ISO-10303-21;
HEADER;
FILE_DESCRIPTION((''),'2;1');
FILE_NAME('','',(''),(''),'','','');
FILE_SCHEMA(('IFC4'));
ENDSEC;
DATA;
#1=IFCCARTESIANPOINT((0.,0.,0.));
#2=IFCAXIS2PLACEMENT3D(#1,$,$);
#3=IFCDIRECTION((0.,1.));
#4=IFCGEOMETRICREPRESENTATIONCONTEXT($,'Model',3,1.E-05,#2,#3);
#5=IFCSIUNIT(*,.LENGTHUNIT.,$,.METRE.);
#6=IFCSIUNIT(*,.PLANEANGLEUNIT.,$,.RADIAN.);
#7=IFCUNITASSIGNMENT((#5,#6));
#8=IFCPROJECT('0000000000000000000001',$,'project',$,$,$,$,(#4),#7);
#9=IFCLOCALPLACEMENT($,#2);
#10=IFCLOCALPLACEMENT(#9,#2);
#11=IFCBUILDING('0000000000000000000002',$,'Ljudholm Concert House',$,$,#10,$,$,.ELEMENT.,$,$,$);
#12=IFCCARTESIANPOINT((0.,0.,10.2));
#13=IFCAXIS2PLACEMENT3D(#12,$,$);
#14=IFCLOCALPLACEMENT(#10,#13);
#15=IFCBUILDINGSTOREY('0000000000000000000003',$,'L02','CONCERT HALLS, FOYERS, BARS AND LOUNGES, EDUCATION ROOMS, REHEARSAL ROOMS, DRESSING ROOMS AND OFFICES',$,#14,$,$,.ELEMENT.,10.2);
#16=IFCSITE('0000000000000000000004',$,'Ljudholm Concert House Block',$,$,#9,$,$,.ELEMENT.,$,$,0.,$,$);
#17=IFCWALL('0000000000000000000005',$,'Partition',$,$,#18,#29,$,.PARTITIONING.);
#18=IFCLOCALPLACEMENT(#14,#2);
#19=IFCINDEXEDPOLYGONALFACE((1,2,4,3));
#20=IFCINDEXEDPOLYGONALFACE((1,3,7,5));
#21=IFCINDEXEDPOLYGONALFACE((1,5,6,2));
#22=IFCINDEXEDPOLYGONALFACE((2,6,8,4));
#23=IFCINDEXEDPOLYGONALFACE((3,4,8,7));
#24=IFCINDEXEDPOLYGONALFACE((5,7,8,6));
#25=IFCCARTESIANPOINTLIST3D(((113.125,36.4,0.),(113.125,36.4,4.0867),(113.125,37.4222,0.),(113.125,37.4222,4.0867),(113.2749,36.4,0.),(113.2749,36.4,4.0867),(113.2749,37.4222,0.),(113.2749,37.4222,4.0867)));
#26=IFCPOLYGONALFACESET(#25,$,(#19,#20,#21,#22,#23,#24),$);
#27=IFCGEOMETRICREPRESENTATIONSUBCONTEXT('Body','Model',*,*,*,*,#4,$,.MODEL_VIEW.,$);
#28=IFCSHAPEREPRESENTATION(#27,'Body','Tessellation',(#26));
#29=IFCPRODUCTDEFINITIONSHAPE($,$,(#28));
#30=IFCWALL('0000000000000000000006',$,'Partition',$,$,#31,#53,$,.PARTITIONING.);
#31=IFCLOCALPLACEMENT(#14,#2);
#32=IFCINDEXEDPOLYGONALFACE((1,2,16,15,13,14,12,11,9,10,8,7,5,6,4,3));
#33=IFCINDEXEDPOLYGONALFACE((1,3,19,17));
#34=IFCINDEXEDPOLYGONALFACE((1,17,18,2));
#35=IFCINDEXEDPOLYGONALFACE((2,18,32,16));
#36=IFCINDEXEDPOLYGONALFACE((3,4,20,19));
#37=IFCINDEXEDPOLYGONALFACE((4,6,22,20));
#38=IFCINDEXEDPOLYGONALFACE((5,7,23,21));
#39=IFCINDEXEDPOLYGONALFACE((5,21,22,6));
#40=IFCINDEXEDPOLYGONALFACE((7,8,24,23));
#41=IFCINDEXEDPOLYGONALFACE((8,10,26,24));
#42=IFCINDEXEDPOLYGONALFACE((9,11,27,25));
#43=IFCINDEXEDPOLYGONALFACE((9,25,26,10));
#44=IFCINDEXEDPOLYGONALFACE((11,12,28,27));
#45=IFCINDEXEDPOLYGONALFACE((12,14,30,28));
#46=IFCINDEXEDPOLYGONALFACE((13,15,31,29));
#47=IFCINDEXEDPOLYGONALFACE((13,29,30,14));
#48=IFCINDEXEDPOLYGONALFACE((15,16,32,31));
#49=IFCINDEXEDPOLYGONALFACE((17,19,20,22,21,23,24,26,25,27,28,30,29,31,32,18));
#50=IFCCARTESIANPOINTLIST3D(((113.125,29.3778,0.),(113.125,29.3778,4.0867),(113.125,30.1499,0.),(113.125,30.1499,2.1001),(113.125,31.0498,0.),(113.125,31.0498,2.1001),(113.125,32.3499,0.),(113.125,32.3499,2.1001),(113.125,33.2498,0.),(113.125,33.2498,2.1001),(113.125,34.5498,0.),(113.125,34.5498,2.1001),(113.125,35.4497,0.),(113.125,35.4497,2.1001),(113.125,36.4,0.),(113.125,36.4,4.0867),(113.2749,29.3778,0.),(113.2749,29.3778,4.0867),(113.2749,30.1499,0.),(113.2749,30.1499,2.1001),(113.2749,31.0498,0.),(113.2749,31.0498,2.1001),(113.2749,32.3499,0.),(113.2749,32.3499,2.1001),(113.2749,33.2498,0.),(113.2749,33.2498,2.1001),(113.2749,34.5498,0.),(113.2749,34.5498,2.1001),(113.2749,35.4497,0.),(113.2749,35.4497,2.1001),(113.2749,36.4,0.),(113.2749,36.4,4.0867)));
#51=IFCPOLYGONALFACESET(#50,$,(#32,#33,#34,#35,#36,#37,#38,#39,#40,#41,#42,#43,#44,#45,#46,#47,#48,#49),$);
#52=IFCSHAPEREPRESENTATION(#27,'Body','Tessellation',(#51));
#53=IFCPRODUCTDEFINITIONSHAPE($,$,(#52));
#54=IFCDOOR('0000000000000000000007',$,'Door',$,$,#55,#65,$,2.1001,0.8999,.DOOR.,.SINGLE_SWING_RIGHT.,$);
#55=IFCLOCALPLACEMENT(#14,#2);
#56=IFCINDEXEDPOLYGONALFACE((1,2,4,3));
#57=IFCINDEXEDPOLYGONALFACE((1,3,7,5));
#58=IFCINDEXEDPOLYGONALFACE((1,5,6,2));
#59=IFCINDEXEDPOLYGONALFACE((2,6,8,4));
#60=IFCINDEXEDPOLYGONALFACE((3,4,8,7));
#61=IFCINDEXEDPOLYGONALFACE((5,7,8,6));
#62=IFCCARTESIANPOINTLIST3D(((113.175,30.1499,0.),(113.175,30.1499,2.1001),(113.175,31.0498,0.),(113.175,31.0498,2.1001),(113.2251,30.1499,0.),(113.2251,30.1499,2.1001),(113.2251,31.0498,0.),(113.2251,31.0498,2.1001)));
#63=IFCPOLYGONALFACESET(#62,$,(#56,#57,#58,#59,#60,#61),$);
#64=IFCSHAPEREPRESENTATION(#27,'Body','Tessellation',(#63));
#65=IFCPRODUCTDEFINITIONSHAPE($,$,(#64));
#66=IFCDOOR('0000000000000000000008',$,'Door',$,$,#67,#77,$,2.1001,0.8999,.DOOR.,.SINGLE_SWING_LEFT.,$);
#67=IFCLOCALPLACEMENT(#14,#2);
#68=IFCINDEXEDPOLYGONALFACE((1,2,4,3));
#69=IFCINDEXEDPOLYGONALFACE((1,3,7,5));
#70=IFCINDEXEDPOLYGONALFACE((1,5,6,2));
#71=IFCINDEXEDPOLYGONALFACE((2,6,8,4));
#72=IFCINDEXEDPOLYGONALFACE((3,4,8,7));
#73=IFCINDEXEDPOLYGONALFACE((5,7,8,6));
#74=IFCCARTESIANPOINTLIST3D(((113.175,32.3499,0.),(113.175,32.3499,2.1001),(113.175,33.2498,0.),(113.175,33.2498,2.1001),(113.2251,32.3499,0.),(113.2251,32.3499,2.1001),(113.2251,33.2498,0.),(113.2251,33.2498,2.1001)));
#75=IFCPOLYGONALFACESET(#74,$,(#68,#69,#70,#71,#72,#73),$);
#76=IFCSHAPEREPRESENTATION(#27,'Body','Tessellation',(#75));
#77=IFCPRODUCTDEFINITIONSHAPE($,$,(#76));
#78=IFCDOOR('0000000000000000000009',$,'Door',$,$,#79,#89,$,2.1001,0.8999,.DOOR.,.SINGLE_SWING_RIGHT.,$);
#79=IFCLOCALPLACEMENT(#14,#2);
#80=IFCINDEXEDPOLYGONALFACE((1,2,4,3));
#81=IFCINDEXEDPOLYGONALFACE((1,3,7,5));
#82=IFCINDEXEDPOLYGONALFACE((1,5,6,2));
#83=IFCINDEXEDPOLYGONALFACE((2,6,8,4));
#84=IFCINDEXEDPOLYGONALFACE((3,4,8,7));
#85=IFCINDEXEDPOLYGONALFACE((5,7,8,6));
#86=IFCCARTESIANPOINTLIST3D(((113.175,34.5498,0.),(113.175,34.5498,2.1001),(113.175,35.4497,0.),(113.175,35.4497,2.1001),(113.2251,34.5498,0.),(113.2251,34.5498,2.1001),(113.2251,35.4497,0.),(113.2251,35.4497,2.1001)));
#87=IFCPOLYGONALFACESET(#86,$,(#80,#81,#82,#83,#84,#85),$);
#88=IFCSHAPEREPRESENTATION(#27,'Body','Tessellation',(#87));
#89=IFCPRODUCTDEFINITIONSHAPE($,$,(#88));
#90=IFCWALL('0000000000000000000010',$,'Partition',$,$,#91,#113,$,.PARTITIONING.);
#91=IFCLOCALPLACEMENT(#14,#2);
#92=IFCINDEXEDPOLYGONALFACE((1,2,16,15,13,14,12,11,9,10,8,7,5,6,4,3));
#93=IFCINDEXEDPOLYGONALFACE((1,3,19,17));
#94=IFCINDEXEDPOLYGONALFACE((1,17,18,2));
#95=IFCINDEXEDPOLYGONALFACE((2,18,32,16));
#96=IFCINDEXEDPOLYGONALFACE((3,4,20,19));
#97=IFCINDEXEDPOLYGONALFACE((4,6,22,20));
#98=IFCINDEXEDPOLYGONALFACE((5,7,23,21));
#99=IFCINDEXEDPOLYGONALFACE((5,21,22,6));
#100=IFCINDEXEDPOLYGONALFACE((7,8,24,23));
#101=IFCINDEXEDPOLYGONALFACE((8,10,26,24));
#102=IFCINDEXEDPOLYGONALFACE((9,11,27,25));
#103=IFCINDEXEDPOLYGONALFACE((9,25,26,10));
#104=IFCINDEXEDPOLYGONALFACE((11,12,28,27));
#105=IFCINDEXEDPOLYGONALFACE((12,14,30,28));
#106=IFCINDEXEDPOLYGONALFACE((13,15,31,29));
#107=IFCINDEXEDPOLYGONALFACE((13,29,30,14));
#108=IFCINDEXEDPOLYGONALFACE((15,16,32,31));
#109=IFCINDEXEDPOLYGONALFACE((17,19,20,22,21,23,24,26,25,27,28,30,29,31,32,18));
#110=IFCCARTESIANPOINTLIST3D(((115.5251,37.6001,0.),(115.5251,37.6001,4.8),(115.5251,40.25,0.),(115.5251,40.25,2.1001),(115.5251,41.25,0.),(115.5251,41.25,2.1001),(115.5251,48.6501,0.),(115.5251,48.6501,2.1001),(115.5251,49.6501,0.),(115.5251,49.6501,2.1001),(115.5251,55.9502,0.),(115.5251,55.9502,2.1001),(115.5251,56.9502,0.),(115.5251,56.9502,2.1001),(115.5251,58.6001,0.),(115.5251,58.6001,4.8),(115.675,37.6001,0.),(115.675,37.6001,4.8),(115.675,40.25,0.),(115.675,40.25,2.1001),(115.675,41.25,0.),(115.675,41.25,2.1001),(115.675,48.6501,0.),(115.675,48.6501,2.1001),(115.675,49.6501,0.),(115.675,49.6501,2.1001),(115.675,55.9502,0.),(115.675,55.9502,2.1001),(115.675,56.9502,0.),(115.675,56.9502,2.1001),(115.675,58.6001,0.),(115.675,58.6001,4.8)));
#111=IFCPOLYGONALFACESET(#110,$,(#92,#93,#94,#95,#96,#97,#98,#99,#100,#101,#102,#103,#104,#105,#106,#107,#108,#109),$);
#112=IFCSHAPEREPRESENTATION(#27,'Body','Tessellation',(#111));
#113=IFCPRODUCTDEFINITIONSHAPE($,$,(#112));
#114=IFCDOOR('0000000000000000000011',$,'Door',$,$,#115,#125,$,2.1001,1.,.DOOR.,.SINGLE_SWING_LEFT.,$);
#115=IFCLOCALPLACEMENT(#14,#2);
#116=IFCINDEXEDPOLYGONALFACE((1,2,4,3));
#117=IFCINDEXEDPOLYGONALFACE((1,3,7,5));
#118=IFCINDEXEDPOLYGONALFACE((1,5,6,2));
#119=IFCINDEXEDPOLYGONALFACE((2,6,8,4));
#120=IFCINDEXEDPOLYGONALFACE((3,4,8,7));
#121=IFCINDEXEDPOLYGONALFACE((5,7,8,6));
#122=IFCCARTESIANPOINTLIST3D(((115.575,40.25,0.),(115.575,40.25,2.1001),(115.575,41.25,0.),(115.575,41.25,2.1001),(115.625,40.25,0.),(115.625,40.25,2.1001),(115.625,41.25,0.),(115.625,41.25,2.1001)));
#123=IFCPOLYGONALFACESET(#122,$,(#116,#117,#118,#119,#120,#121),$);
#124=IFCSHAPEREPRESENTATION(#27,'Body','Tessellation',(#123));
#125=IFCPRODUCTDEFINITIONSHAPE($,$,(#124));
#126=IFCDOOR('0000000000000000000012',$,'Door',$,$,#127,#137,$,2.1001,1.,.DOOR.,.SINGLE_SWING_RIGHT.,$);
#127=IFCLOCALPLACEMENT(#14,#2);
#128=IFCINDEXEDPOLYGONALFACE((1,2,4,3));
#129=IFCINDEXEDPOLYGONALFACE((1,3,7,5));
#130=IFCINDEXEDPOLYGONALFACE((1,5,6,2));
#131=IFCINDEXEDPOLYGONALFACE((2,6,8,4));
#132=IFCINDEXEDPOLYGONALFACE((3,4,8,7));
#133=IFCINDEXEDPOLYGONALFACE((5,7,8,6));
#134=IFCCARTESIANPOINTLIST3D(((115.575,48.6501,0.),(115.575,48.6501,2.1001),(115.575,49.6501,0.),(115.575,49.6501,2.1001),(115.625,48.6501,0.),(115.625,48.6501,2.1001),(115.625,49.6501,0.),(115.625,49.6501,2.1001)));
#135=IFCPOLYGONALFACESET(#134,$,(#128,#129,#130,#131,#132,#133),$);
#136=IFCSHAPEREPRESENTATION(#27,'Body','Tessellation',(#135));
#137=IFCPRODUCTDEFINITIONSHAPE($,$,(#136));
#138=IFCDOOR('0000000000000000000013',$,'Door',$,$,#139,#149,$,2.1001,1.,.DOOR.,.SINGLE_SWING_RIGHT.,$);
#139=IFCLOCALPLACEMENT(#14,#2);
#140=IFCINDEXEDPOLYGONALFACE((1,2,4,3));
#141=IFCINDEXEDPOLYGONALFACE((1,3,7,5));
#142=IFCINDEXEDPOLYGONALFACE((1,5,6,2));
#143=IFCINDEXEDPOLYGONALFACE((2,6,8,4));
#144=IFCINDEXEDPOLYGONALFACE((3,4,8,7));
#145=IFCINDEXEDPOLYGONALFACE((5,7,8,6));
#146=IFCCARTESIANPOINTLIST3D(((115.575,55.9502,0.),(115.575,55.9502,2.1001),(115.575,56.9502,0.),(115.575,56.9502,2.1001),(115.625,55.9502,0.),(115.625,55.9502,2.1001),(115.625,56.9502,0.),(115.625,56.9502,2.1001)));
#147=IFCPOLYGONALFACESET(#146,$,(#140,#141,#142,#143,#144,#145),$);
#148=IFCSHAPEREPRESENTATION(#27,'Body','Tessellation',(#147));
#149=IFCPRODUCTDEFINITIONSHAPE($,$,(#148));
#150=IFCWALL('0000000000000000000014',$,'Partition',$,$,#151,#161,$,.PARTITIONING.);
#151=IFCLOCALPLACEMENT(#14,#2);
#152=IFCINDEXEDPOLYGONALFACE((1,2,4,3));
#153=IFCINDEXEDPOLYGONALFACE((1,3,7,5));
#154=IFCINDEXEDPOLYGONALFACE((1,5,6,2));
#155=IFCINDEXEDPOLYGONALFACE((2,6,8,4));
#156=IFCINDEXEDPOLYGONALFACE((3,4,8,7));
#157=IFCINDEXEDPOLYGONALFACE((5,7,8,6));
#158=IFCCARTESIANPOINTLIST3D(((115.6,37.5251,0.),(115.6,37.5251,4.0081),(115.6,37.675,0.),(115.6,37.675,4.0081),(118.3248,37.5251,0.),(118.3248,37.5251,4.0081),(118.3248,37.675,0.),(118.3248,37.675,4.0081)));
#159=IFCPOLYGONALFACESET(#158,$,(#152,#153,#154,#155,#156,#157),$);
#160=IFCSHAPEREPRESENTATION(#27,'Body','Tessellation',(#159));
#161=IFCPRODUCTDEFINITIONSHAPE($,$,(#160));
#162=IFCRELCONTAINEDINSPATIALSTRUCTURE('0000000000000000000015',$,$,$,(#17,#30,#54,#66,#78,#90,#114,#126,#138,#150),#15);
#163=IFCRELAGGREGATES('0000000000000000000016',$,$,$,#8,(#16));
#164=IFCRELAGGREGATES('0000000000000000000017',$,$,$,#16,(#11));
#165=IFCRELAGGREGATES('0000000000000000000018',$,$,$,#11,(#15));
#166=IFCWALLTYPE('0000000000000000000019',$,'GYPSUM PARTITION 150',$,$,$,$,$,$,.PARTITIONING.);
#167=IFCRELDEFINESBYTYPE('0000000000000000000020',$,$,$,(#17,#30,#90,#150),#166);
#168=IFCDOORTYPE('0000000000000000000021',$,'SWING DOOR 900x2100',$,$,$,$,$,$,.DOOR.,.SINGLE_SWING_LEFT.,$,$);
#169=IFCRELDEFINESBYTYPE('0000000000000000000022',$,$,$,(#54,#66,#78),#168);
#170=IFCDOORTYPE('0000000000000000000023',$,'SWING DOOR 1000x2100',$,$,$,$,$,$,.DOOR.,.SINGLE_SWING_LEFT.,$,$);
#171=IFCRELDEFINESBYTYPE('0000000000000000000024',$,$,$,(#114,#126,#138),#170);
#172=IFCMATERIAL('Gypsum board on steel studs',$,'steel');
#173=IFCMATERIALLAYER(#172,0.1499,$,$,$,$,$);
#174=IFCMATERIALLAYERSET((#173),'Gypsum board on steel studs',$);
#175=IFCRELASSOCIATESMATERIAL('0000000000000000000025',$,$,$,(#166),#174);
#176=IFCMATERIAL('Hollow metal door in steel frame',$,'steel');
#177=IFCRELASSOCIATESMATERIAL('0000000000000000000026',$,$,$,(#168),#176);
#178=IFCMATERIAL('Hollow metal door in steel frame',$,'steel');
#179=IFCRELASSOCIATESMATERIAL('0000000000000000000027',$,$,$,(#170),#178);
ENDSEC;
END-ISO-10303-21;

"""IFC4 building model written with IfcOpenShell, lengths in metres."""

from ifc_helpers import new_model, si_unit, direction, frame, frame_2d, origin, place, context, subcontext, project, spatial, rectangle, extrude, material, layer, layer_set, type_object, element, fill, save


model = new_model("IFC4")

# Units and contexts
model_context = context("Model", 3, precision=1e-05, world=origin(), true_north=direction((0.0, 1.0)))
body_context = subcontext(model_context, "Body", "Model", "MODEL_VIEW")
ifc_project = project(units=[si_unit("LENGTHUNIT", "METRE"), si_unit("PLANEANGLEUNIT", "RADIAN")], contexts=[model_context])

# Site, building, storey
site_placement = place(None, origin())
site = spatial("IfcSite", under=ifc_project, at=site_placement, Name="Ljudholm Concert House Block", CompositionType="ELEMENT", RefElevation=0.0)
building_placement = place(site_placement, origin())
building = spatial("IfcBuilding", under=site, at=building_placement, Name="Ljudholm Concert House", CompositionType="ELEMENT")
storey_placement = place(building_placement, frame((0.0, 0.0, 10.2)))
storey = spatial("IfcBuildingStorey", under=building, at=storey_placement, Name="L02", Description="CONCERT HALLS, FOYERS, BARS AND LOUNGES, EDUCATION ROOMS, REHEARSAL ROOMS, DRESSING ROOMS AND OFFICES", CompositionType="ELEMENT", Elevation=10.2)

# Wall
ifc_material_1 = material(Name="Gypsum board on steel studs", Category="steel")
ifc_layer_1 = layer(ifc_material_1, 0.1499)
ifc_layer_set_1 = layer_set([ifc_layer_1], Name="Gypsum board on steel studs")
wall_type_1 = type_object("IfcWallType", Name="GYPSUM PARTITION 150", PredefinedType="PARTITIONING", material=ifc_layer_set_1)
wall_1_placement = place(storey_placement, frame((113.2, 36.3999, 0.0), z_axis=(0.0, 0.0, 1.0), x_axis=(0.0, 1.0, 0.0)))
element("IfcWall", 1, at=wall_1_placement, inside=storey, type_object=wall_type_1, Name="Partition", PredefinedType="PARTITIONING", context=body_context, shape_type="SweptSolid", body=[
    extrude(rectangle(XDim=1.0222, YDim=0.1499, at=frame_2d((0.5112, 0.0))), origin(), (0.0, 0.0, 1.0), 4.0867),
])

# Walls, openings, doors
wall_2_placement = place(storey_placement, frame((113.2, 29.3777, 0.0), z_axis=(0.0, 0.0, 1.0), x_axis=(0.0, 1.0, 0.0)))
wall_2 = element("IfcWall", 2, at=wall_2_placement, inside=storey, type_object=wall_type_1, Name="Partition", PredefinedType="PARTITIONING", context=body_context, shape_type="SweptSolid", body=[
    extrude(rectangle(XDim=7.0222, YDim=0.1499, at=frame_2d((3.5112, 0.0))), origin(), (0.0, 0.0, 1.0), 4.0867),
])
opening_1_placement = place(wall_2_placement, frame((0.7722, 0.0, 0.0)))
opening_1 = element("IfcOpeningElement", 3, at=opening_1_placement, cuts=wall_2, PredefinedType="OPENING", context=body_context, shape_type="SweptSolid", body=[
    extrude(rectangle(XDim=0.8999, YDim=2.1001, at=frame_2d((0.45, 1.05))), frame((0.0, 0.085, 0.0), z_axis=(0.0, -1.0, 0.0), x_axis=(1.0, 0.0, 0.0)), (0.0, 0.0, 1.0), 0.1699),
])
opening_2_placement = place(wall_2_placement, frame((2.9722, 0.0, 0.0)))
opening_2 = element("IfcOpeningElement", 4, at=opening_2_placement, cuts=wall_2, PredefinedType="OPENING", context=body_context, shape_type="SweptSolid", body=[
    extrude(rectangle(XDim=0.8999, YDim=2.1001, at=frame_2d((0.45, 1.05))), frame((0.0, 0.085, 0.0), z_axis=(0.0, -1.0, 0.0), x_axis=(1.0, 0.0, 0.0)), (0.0, 0.0, 1.0), 0.1699),
])
opening_3_placement = place(wall_2_placement, frame((5.1721, 0.0, 0.0)))
opening_3 = element("IfcOpeningElement", 5, at=opening_3_placement, cuts=wall_2, PredefinedType="OPENING", context=body_context, shape_type="SweptSolid", body=[
    extrude(rectangle(XDim=0.8999, YDim=2.1001, at=frame_2d((0.45, 1.05))), frame((0.0, 0.085, 0.0), z_axis=(0.0, -1.0, 0.0), x_axis=(1.0, 0.0, 0.0)), (0.0, 0.0, 1.0), 0.1699),
])
ifc_material_2 = material(Name="Hollow metal door in steel frame", Category="steel")
door_type_1 = type_object("IfcDoorType", Name="SWING DOOR 900x2100", OperationType="SINGLE_SWING_LEFT", PredefinedType="DOOR", material=ifc_material_2)
door_1_placement = place(opening_1_placement, origin())
door_1 = element("IfcDoor", 6, at=door_1_placement, inside=storey, type_object=door_type_1, Name="Door", OperationType="SINGLE_SWING_RIGHT", OverallHeight=2.1001, OverallWidth=0.8999, PredefinedType="DOOR", context=body_context, shape_type="SweptSolid", body=[
    extrude(rectangle(XDim=0.8999, YDim=2.1001, at=frame_2d((0.45, 1.05))), frame((0.0, 0.0249, 0.0), z_axis=(0.0, -1.0, 0.0), x_axis=(1.0, 0.0, 0.0)), (0.0, 0.0, 1.0), 0.05),
])
fill(opening_1, door_1)
door_2_placement = place(opening_2_placement, origin())
door_2 = element("IfcDoor", 7, at=door_2_placement, inside=storey, type_object=door_type_1, Name="Door", OperationType="SINGLE_SWING_LEFT", OverallHeight=2.1001, OverallWidth=0.8999, PredefinedType="DOOR", context=body_context, shape_type="SweptSolid", body=[
    extrude(rectangle(XDim=0.8999, YDim=2.1001, at=frame_2d((0.45, 1.05))), frame((0.0, 0.0249, 0.0), z_axis=(0.0, -1.0, 0.0), x_axis=(1.0, 0.0, 0.0)), (0.0, 0.0, 1.0), 0.05),
])
fill(opening_2, door_2)
door_3_placement = place(opening_3_placement, origin())
door_3 = element("IfcDoor", 8, at=door_3_placement, inside=storey, type_object=door_type_1, Name="Door", OperationType="SINGLE_SWING_RIGHT", OverallHeight=2.1001, OverallWidth=0.8999, PredefinedType="DOOR", context=body_context, shape_type="SweptSolid", body=[
    extrude(rectangle(XDim=0.8999, YDim=2.1001, at=frame_2d((0.45, 1.05))), frame((0.0, 0.0249, 0.0), z_axis=(0.0, -1.0, 0.0), x_axis=(1.0, 0.0, 0.0)), (0.0, 0.0, 1.0), 0.05),
])
fill(opening_3, door_3)
wall_3_placement = place(storey_placement, frame((115.6001, 37.6001, 0.0), z_axis=(0.0, 0.0, 1.0), x_axis=(0.0, 1.0, 0.0)))
wall_3 = element("IfcWall", 9, at=wall_3_placement, inside=storey, type_object=wall_type_1, Name="Partition", PredefinedType="PARTITIONING", context=body_context, shape_type="SweptSolid", body=[
    extrude(rectangle(XDim=21.0, YDim=0.1499, at=frame_2d((10.5, 0.0))), origin(), (0.0, 0.0, 1.0), 4.8),
])
opening_4_placement = place(wall_3_placement, frame((2.6499, 0.0, 0.0)))
opening_4 = element("IfcOpeningElement", 10, at=opening_4_placement, cuts=wall_3, PredefinedType="OPENING", context=body_context, shape_type="SweptSolid", body=[
    extrude(rectangle(XDim=1.0, YDim=2.1001, at=frame_2d((0.5, 1.05))), frame((0.0, 0.085, 0.0), z_axis=(0.0, -1.0, 0.0), x_axis=(1.0, 0.0, 0.0)), (0.0, 0.0, 1.0), 0.1699),
])
opening_5_placement = place(wall_3_placement, frame((11.05, 0.0, 0.0)))
opening_5 = element("IfcOpeningElement", 11, at=opening_5_placement, cuts=wall_3, PredefinedType="OPENING", context=body_context, shape_type="SweptSolid", body=[
    extrude(rectangle(XDim=1.0, YDim=2.1001, at=frame_2d((0.5, 1.05))), frame((0.0, 0.085, 0.0), z_axis=(0.0, -1.0, 0.0), x_axis=(1.0, 0.0, 0.0)), (0.0, 0.0, 1.0), 0.1699),
])
opening_6_placement = place(wall_3_placement, frame((18.3501, 0.0, 0.0)))
opening_6 = element("IfcOpeningElement", 12, at=opening_6_placement, cuts=wall_3, PredefinedType="OPENING", context=body_context, shape_type="SweptSolid", body=[
    extrude(rectangle(XDim=1.0, YDim=2.1001, at=frame_2d((0.5, 1.05))), frame((0.0, 0.085, 0.0), z_axis=(0.0, -1.0, 0.0), x_axis=(1.0, 0.0, 0.0)), (0.0, 0.0, 1.0), 0.1699),
])
ifc_material_3 = material(Name="Hollow metal door in steel frame", Category="steel")
door_type_2 = type_object("IfcDoorType", Name="SWING DOOR 1000x2100", OperationType="SINGLE_SWING_LEFT", PredefinedType="DOOR", material=ifc_material_3)
door_4_placement = place(opening_4_placement, frame((1.0, 0.0, 0.0), z_axis=(0.0, 0.0, 1.0), x_axis=(-1.0, 0.0, 0.0)))
door_4 = element("IfcDoor", 13, at=door_4_placement, inside=storey, type_object=door_type_2, Name="Door", OperationType="SINGLE_SWING_LEFT", OverallHeight=2.1001, OverallWidth=1.0, PredefinedType="DOOR", context=body_context, shape_type="SweptSolid", body=[
    extrude(rectangle(XDim=1.0, YDim=2.1001, at=frame_2d((0.5, 1.05))), frame((0.0, 0.0249, 0.0), z_axis=(0.0, -1.0, 0.0), x_axis=(1.0, 0.0, 0.0)), (0.0, 0.0, 1.0), 0.05),
])
fill(opening_4, door_4)
door_5_placement = place(opening_5_placement, frame((1.0, 0.0, 0.0), z_axis=(0.0, 0.0, 1.0), x_axis=(-1.0, 0.0, 0.0)))
door_5 = element("IfcDoor", 14, at=door_5_placement, inside=storey, type_object=door_type_2, Name="Door", OperationType="SINGLE_SWING_RIGHT", OverallHeight=2.1001, OverallWidth=1.0, PredefinedType="DOOR", context=body_context, shape_type="SweptSolid", body=[
    extrude(rectangle(XDim=1.0, YDim=2.1001, at=frame_2d((0.5, 1.05))), frame((0.0, 0.0249, 0.0), z_axis=(0.0, -1.0, 0.0), x_axis=(1.0, 0.0, 0.0)), (0.0, 0.0, 1.0), 0.05),
])
fill(opening_5, door_5)
door_6_placement = place(opening_6_placement, frame((1.0, 0.0, 0.0), z_axis=(0.0, 0.0, 1.0), x_axis=(-1.0, 0.0, 0.0)))
door_6 = element("IfcDoor", 15, at=door_6_placement, inside=storey, type_object=door_type_2, Name="Door", OperationType="SINGLE_SWING_RIGHT", OverallHeight=2.1001, OverallWidth=1.0, PredefinedType="DOOR", context=body_context, shape_type="SweptSolid", body=[
    extrude(rectangle(XDim=1.0, YDim=2.1001, at=frame_2d((0.5, 1.05))), frame((0.0, 0.0249, 0.0), z_axis=(0.0, -1.0, 0.0), x_axis=(1.0, 0.0, 0.0)), (0.0, 0.0, 1.0), 0.05),
])
fill(opening_6, door_6)

# Wall
wall_4_placement = place(storey_placement, frame((115.6001, 37.6001, 0.0), z_axis=(0.0, 0.0, 1.0), x_axis=(1.0, 0.0, 0.0)))
element("IfcWall", 16, at=wall_4_placement, inside=storey, type_object=wall_type_1, Name="Partition", PredefinedType="PARTITIONING", context=body_context, shape_type="SweptSolid", body=[
    extrude(rectangle(XDim=2.7249, YDim=0.1499, at=frame_2d((1.3623, 0.0))), origin(), (0.0, 0.0, 1.0), 4.0081),
])

save(model, "model.ifc")
